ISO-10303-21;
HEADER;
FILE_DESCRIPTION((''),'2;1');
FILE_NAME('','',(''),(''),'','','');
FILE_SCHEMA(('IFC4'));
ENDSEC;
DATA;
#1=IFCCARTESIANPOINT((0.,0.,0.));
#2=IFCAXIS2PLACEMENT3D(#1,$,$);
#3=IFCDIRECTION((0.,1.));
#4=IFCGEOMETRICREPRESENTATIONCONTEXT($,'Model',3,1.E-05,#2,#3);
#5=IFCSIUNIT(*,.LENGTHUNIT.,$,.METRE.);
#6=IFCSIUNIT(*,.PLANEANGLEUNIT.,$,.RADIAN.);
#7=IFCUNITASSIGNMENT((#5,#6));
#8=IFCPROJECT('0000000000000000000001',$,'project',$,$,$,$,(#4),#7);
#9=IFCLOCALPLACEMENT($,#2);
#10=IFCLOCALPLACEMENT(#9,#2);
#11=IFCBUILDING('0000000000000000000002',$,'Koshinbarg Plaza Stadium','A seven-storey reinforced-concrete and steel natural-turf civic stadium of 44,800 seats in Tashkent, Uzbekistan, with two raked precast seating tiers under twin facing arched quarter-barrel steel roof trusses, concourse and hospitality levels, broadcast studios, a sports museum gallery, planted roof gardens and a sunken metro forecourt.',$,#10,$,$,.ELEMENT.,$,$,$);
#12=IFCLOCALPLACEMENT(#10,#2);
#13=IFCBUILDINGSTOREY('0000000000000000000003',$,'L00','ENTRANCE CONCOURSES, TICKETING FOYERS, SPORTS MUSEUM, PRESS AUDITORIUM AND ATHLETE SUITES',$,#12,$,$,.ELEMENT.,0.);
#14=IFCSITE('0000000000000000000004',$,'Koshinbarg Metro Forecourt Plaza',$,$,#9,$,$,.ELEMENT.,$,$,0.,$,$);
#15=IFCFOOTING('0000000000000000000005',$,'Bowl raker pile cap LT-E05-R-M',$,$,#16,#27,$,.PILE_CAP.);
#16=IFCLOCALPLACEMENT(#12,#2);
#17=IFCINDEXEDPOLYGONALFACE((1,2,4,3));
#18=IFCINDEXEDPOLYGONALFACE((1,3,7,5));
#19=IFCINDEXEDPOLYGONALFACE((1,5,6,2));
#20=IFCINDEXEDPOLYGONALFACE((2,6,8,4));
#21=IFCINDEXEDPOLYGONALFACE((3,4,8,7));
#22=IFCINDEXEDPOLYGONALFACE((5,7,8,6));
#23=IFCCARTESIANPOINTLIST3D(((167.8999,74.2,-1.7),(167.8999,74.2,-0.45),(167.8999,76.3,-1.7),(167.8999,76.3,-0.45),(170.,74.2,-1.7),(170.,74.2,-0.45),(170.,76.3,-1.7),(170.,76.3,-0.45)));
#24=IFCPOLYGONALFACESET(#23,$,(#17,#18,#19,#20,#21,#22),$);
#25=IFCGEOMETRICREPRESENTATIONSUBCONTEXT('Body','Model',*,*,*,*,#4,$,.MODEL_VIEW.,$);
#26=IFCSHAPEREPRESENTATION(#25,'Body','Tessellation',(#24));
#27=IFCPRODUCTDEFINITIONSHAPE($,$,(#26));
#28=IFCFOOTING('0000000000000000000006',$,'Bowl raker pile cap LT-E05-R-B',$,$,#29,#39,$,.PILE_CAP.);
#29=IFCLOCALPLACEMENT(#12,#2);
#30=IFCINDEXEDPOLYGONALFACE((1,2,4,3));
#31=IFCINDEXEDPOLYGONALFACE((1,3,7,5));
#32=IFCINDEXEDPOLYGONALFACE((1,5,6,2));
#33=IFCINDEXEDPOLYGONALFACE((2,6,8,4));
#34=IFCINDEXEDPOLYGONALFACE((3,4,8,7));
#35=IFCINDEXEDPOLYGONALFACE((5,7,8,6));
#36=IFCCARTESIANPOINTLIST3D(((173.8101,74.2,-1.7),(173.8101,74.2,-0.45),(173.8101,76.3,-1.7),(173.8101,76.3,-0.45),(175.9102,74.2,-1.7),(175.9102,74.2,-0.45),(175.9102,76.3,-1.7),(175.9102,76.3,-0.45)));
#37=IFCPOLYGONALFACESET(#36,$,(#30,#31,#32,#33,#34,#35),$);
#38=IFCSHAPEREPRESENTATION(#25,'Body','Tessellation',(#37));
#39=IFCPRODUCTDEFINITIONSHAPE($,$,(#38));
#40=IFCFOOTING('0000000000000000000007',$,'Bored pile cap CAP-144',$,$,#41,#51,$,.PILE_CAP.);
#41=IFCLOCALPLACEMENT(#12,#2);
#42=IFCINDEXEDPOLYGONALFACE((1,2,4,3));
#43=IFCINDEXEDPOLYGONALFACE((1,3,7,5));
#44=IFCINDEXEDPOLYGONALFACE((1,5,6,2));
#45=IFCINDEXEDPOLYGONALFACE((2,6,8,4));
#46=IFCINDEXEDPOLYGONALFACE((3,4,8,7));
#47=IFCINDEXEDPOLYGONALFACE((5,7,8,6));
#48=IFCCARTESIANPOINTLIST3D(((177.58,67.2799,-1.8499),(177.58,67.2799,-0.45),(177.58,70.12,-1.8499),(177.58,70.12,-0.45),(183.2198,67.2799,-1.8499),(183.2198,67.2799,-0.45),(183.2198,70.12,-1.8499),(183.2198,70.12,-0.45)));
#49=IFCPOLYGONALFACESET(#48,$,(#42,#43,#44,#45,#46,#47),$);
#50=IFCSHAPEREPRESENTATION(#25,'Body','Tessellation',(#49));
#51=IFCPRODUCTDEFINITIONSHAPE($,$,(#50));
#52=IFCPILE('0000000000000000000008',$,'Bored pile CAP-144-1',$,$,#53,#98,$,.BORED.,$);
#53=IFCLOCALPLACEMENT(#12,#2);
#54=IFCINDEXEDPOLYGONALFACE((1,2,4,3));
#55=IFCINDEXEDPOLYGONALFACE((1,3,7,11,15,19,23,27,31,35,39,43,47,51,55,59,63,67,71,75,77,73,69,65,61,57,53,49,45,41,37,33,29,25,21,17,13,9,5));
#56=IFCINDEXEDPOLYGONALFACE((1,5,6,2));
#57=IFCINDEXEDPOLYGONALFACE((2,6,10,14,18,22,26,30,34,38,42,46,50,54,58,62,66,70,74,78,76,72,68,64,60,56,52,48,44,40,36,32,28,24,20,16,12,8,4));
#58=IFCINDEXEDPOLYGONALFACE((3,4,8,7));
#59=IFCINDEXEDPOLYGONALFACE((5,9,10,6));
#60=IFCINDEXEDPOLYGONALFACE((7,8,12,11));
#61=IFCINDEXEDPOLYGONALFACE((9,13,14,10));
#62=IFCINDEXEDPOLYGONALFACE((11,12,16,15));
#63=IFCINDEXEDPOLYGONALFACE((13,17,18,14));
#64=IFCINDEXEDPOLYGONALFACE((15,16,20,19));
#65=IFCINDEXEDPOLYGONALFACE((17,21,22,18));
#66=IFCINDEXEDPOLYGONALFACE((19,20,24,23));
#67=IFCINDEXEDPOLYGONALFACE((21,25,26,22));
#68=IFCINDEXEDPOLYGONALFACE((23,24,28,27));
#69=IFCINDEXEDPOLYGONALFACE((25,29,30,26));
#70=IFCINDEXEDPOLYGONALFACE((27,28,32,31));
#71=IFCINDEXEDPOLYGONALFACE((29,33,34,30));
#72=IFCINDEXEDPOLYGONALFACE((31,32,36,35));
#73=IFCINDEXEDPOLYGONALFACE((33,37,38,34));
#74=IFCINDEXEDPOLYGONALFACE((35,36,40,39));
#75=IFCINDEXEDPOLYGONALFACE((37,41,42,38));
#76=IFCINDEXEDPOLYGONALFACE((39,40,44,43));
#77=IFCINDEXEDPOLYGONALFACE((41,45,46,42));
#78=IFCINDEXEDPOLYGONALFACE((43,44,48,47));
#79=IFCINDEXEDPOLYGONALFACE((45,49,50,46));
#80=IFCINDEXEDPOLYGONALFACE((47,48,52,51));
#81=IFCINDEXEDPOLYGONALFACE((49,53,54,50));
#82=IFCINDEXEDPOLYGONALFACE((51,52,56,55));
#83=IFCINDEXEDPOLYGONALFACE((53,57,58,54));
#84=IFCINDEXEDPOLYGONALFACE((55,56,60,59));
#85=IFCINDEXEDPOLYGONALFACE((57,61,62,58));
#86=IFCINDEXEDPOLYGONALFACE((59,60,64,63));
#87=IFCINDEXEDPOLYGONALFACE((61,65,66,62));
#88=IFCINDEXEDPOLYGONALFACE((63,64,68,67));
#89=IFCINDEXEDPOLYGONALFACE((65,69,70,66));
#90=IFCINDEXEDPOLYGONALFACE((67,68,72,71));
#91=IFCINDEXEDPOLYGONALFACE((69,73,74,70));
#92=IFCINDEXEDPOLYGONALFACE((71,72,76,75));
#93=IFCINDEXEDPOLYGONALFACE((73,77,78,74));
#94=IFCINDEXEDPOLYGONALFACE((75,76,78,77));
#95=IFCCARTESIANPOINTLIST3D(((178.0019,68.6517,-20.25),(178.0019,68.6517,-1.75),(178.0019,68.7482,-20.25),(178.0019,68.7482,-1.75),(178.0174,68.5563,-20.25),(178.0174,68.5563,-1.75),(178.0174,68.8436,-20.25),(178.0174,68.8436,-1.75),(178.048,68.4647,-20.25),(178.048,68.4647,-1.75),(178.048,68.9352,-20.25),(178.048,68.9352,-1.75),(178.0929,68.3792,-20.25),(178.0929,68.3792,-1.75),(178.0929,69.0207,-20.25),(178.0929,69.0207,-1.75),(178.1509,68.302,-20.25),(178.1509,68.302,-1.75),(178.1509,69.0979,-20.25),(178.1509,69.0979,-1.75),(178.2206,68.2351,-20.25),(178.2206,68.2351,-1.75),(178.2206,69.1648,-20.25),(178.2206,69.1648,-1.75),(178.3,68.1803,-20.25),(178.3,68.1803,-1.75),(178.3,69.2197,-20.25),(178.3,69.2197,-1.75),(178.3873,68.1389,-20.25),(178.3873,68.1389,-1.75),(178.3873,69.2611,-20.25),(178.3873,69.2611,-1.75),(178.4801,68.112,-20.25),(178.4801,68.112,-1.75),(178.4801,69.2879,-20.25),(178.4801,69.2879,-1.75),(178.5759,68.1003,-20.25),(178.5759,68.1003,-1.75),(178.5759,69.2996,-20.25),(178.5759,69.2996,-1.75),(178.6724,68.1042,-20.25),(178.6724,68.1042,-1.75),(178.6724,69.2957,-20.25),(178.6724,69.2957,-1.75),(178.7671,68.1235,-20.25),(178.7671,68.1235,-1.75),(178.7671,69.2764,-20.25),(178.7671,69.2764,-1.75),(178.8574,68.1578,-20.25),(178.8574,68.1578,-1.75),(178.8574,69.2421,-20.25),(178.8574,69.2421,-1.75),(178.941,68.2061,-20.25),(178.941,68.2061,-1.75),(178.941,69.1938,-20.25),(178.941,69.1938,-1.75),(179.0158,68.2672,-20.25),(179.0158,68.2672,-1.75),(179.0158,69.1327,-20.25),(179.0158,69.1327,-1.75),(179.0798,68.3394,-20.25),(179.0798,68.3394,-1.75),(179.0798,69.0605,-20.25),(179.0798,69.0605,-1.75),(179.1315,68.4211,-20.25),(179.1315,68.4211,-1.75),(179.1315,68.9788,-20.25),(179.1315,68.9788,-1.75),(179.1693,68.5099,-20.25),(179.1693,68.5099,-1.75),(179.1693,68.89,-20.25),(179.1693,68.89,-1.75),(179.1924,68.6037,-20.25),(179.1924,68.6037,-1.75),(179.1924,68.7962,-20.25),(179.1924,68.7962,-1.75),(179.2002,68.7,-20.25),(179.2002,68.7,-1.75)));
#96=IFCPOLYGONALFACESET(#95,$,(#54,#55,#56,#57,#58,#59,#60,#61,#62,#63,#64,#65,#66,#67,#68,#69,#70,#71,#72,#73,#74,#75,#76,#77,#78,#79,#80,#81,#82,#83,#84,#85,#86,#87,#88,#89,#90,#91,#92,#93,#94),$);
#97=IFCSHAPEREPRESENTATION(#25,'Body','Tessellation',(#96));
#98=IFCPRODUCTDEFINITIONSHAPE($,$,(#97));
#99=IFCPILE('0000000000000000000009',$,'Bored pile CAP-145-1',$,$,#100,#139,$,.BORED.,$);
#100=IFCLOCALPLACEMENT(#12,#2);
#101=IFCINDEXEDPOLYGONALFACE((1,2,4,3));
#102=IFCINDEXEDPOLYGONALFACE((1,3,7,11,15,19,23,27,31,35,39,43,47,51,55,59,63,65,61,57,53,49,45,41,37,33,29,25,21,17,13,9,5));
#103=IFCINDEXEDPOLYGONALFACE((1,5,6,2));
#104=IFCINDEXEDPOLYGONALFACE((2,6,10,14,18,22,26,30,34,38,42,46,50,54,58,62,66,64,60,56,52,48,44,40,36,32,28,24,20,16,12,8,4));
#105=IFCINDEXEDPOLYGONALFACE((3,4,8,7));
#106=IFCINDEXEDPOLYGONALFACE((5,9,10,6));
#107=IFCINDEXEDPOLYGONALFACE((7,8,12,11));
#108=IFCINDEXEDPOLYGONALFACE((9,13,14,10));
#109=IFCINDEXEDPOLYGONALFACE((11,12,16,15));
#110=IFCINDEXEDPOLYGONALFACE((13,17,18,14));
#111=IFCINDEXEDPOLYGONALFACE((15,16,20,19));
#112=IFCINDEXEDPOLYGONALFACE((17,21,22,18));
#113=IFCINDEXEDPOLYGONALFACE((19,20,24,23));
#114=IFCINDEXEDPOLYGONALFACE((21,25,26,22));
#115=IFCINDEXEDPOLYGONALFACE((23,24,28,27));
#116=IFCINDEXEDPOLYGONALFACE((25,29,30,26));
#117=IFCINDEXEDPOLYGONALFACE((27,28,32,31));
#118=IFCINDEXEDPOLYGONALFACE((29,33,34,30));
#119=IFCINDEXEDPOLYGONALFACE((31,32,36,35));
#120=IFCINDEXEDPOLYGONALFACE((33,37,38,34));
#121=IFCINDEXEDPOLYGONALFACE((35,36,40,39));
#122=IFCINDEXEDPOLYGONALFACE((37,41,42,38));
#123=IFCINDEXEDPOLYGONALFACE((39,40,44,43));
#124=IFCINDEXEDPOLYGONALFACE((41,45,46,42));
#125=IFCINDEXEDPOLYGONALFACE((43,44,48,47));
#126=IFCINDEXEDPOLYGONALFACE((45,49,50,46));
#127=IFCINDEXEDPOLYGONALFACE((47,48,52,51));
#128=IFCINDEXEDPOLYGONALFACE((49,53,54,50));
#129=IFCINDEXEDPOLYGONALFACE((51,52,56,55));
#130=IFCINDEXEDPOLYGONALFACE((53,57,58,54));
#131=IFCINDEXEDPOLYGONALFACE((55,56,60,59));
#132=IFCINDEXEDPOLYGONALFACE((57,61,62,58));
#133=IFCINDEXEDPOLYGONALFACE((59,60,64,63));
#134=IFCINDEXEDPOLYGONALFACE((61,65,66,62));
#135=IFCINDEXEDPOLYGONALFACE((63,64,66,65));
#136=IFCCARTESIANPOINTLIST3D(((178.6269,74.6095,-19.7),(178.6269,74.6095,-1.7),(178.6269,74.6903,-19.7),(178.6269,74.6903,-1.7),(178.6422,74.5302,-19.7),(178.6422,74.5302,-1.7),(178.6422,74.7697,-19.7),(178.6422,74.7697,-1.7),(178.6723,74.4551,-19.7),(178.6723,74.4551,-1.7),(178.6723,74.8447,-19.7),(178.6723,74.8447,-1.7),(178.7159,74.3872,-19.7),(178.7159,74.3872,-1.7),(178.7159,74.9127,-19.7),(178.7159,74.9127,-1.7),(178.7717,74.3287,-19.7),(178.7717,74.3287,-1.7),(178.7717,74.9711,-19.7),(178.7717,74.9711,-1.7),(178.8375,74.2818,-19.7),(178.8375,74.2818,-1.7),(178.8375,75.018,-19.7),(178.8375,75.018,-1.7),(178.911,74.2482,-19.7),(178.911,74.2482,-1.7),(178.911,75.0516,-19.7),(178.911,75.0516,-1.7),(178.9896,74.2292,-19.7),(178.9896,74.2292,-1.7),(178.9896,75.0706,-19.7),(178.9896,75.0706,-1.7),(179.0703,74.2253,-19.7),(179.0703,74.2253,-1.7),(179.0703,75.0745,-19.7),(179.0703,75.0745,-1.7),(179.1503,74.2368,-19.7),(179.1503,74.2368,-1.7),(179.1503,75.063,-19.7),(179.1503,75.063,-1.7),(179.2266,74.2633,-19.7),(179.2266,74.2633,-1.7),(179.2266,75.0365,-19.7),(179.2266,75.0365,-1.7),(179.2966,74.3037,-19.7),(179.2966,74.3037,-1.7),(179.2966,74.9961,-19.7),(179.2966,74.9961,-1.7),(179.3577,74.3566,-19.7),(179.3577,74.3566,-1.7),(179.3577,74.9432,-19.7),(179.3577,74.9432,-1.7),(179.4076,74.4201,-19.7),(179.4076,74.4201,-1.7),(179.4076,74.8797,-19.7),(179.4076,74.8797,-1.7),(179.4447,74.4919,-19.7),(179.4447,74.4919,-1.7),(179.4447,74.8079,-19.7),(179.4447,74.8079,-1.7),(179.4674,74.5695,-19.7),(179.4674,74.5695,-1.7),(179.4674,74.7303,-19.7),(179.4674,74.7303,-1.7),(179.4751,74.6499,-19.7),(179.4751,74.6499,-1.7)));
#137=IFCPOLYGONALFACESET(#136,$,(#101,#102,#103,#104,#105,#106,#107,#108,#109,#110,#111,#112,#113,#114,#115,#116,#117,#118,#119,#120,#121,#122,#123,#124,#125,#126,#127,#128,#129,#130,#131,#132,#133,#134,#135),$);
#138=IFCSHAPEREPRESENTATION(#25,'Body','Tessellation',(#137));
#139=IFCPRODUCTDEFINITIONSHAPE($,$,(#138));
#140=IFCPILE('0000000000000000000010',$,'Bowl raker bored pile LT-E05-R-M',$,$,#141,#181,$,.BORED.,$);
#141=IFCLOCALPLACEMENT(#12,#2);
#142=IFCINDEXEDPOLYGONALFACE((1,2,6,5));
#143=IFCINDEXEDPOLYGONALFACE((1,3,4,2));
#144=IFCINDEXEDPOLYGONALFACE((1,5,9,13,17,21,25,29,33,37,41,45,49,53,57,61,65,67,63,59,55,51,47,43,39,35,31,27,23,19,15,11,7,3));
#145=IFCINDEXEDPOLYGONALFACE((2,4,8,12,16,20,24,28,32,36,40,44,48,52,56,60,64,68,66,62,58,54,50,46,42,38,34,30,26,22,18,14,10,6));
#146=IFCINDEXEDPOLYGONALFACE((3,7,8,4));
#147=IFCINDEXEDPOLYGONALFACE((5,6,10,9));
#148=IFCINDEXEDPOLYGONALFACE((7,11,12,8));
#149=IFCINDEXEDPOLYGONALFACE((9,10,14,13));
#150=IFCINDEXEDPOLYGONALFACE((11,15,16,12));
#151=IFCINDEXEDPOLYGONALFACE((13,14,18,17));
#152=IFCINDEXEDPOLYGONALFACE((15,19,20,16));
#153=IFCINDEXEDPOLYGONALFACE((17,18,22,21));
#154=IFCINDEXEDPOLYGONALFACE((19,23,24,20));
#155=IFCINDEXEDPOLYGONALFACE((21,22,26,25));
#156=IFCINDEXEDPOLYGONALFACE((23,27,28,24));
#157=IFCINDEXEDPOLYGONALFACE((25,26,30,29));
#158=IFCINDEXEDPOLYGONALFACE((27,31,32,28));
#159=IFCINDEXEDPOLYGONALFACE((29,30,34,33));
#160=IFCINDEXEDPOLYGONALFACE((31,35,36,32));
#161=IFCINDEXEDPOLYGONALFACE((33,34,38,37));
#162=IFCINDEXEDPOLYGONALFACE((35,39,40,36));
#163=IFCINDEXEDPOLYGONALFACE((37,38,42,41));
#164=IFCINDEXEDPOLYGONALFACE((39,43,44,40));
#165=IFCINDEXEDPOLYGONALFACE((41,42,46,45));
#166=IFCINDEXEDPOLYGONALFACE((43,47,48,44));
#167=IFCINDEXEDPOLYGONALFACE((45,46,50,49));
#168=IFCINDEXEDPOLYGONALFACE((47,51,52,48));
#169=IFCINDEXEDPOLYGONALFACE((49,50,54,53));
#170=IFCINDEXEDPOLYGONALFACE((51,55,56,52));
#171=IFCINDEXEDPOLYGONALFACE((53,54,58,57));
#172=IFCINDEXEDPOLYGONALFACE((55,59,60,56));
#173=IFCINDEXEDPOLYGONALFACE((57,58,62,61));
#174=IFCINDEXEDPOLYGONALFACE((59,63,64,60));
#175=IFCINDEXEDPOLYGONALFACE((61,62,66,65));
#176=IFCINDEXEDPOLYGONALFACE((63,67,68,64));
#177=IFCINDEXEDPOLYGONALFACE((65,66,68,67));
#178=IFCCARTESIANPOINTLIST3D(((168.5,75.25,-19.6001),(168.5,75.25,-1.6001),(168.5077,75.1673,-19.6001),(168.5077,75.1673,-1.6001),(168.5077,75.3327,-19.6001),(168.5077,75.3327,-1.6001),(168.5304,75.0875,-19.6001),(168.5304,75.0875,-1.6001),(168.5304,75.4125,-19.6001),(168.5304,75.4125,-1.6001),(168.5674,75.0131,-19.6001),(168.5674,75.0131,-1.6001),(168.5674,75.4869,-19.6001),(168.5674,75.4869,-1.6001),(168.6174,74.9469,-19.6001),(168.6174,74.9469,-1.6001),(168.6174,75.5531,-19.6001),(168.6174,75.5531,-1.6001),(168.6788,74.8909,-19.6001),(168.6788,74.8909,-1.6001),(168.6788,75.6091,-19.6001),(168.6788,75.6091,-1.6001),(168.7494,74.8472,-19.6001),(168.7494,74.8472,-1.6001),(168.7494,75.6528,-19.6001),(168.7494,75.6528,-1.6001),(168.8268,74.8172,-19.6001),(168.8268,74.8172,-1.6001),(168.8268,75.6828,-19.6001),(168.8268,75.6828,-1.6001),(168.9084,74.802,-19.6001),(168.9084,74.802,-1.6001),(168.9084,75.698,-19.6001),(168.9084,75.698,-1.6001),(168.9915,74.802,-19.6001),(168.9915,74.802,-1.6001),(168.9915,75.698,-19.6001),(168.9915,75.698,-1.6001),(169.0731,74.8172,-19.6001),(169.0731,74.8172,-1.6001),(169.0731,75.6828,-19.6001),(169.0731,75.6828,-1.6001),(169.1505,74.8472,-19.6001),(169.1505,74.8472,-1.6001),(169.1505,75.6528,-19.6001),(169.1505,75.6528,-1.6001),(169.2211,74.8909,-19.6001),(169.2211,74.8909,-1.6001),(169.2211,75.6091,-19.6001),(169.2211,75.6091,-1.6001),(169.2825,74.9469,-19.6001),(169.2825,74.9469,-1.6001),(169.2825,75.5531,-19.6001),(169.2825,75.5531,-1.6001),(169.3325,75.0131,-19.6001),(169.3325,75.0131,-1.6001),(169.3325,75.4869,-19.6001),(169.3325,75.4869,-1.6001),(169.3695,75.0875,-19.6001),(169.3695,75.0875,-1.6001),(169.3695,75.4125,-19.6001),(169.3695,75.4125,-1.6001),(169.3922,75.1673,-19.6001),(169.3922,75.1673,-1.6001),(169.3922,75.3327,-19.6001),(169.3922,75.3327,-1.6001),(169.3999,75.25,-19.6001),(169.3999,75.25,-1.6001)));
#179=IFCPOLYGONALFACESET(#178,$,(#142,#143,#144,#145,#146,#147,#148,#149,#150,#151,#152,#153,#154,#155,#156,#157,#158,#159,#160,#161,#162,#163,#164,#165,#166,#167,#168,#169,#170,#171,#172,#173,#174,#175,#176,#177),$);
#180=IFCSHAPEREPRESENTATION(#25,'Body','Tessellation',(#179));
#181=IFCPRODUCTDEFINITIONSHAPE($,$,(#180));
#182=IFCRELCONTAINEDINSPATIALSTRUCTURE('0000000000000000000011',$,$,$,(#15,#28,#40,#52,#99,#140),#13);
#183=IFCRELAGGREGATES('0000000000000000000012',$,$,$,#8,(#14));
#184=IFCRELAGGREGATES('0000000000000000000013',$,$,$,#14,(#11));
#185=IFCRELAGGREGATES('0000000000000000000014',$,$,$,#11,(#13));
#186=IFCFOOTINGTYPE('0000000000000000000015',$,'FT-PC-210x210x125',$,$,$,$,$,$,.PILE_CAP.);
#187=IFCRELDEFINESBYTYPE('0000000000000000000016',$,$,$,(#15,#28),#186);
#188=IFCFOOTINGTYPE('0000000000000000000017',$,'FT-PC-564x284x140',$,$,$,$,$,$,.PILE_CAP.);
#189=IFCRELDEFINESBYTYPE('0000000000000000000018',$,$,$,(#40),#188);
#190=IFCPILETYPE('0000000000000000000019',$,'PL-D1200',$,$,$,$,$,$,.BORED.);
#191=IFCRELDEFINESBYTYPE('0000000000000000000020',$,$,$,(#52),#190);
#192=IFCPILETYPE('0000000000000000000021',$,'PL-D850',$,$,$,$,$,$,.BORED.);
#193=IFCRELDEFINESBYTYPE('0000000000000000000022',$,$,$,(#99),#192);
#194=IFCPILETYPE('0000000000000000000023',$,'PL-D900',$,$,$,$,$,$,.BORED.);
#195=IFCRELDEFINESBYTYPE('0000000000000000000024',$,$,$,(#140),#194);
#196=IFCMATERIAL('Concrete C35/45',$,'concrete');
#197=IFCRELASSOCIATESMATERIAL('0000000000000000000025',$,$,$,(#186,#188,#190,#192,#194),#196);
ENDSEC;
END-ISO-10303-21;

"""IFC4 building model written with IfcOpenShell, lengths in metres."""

from ifc_helpers import new_model, si_unit, direction, frame, origin, origin_2d, place, context, subcontext, project, spatial, rectangle, circle, extrude, material, material_profile, profile_set, type_object, element, save


model = new_model("IFC4")

# Units and contexts
model_context = context("Model", 3, precision=1e-05, world=origin(), true_north=direction((0.0, 1.0)))
body_context = subcontext(model_context, "Body", "Model", "MODEL_VIEW")
ifc_project = project(units=[si_unit("LENGTHUNIT", "METRE"), si_unit("PLANEANGLEUNIT", "RADIAN")], contexts=[model_context])

# Site, building, storey
site_placement = place(None, origin())
site = spatial("IfcSite", under=ifc_project, at=site_placement, Name="Koshinbarg Metro Forecourt Plaza", CompositionType="ELEMENT", RefElevation=0.0)
building_placement = place(site_placement, origin())
building = spatial("IfcBuilding", under=site, at=building_placement, Name="Koshinbarg Plaza Stadium", Description="A seven-storey reinforced-concrete and steel natural-turf civic stadium of 44,800 seats in Tashkent, Uzbekistan, with two raked precast seating tiers under twin facing arched quarter-barrel steel roof trusses, concourse and hospitality levels, broadcast studios, a sports museum gallery, planted roof gardens and a sunken metro forecourt.", CompositionType="ELEMENT")
storey_placement = place(building_placement, origin())
storey = spatial("IfcBuildingStorey", under=building, at=storey_placement, Name="L00", Description="ENTRANCE CONCOURSES, TICKETING FOYERS, SPORTS MUSEUM, PRESS AUDITORIUM AND ATHLETE SUITES", CompositionType="ELEMENT", Elevation=0.0)

# Footings
ifc_material_1 = material(Name="Concrete C35/45", Category="concrete")
footing_type_1 = type_object("IfcFootingType", Name="FT-PC-210x210x125", PredefinedType="PILE_CAP", material=ifc_material_1)
for number, where, z_axis, x_axis, name in (
    (1, (168.95, 75.25, -1.7), (0.0, 0.0, 1.0), (1.0, 0.0, 0.0), "Bowl raker pile cap LT-E05-R-M"),
    (2, (174.8601, 75.25, -1.7), (0.0, 0.0, 1.0), (1.0, 0.0, 0.0), "Bowl raker pile cap LT-E05-R-B"),
):
    element("IfcFooting", number, at=place(storey_placement, frame(where, z_axis=z_axis, x_axis=x_axis)), inside=storey, type_object=footing_type_1, Name=name, PredefinedType="PILE_CAP", context=body_context, shape_type="SweptSolid", body=[
        extrude(rectangle(XDim=2.1001, YDim=2.1001, at=origin_2d()), origin(), (0.0, 0.0, 1.0), 1.25),
    ])
footing_type_2 = type_object("IfcFootingType", Name="FT-PC-564x284x140", PredefinedType="PILE_CAP", material=ifc_material_1)
footing_placement = place(storey_placement, frame((180.3999, 68.7, -1.8499), z_axis=(0.0, 0.0, 1.0), x_axis=(1.0, 0.0, 0.0)))
element("IfcFooting", 3, at=footing_placement, inside=storey, type_object=footing_type_2, Name="Bored pile cap CAP-144", PredefinedType="PILE_CAP", context=body_context, shape_type="SweptSolid", body=[
    extrude(rectangle(XDim=5.6399, YDim=2.8401, at=origin_2d()), origin(), (0.0, 0.0, 1.0), 1.3999),
])

# Piles
ifc_material_profile_1 = material_profile(ifc_material_1, circle(Radius=0.6001, at=origin_2d()), Name="PILE D1200")
ifc_profile_set_1 = profile_set([ifc_material_profile_1], Name="Concrete C35/45")
pile_type_1 = type_object("IfcPileType", Name="PL-D1200", PredefinedType="BORED", material=ifc_profile_set_1)
pile_1_placement = place(storey_placement, frame((178.6001, 68.7, -1.75), z_axis=(0.0, 0.0, -1.0), x_axis=(1.0, 0.0, 0.0)))
element("IfcPile", 4, at=pile_1_placement, inside=storey, type_object=pile_type_1, Name="Bored pile CAP-144-1", PredefinedType="BORED", context=body_context, shape_type="SweptSolid", body=[
    extrude(circle(Radius=0.6001, at=origin_2d()), origin(), (0.0, 0.0, 1.0), 18.5),
])
ifc_material_profile_2 = material_profile(ifc_material_1, circle(Radius=0.425, at=origin_2d()), Name="PILE D850")
ifc_profile_set_2 = profile_set([ifc_material_profile_2], Name="Concrete C35/45")
pile_type_2 = type_object("IfcPileType", Name="PL-D850", PredefinedType="BORED", material=ifc_profile_set_2)
pile_2_placement = place(storey_placement, frame((179.05, 74.6499, -1.7), z_axis=(0.0, 0.0, -1.0), x_axis=(1.0, 0.0, 0.0)))
element("IfcPile", 5, at=pile_2_placement, inside=storey, type_object=pile_type_2, Name="Bored pile CAP-145-1", PredefinedType="BORED", context=body_context, shape_type="SweptSolid", body=[
    extrude(circle(Radius=0.425, at=origin_2d()), origin(), (0.0, 0.0, 1.0), 18.0),
])
ifc_material_profile_3 = material_profile(ifc_material_1, circle(Radius=0.45, at=origin_2d()), Name="PILE D900")
ifc_profile_set_3 = profile_set([ifc_material_profile_3], Name="Concrete C35/45")
pile_type_3 = type_object("IfcPileType", Name="PL-D900", PredefinedType="BORED", material=ifc_profile_set_3)
for number, where, z_axis, x_axis, name in (
    (6, (168.95, 75.25, -1.6001), (0.0, 0.0, -1.0), (1.0, 0.0, 0.0), "Bowl raker bored pile LT-E05-R-M"),
):
    element("IfcPile", number, at=place(storey_placement, frame(where, z_axis=z_axis, x_axis=x_axis)), inside=storey, type_object=pile_type_3, Name=name, PredefinedType="BORED", context=body_context, shape_type="SweptSolid", body=[
        extrude(circle(Radius=0.45, at=origin_2d()), origin(), (0.0, 0.0, 1.0), 18.0),
    ])

save(model, "model.ifc")
